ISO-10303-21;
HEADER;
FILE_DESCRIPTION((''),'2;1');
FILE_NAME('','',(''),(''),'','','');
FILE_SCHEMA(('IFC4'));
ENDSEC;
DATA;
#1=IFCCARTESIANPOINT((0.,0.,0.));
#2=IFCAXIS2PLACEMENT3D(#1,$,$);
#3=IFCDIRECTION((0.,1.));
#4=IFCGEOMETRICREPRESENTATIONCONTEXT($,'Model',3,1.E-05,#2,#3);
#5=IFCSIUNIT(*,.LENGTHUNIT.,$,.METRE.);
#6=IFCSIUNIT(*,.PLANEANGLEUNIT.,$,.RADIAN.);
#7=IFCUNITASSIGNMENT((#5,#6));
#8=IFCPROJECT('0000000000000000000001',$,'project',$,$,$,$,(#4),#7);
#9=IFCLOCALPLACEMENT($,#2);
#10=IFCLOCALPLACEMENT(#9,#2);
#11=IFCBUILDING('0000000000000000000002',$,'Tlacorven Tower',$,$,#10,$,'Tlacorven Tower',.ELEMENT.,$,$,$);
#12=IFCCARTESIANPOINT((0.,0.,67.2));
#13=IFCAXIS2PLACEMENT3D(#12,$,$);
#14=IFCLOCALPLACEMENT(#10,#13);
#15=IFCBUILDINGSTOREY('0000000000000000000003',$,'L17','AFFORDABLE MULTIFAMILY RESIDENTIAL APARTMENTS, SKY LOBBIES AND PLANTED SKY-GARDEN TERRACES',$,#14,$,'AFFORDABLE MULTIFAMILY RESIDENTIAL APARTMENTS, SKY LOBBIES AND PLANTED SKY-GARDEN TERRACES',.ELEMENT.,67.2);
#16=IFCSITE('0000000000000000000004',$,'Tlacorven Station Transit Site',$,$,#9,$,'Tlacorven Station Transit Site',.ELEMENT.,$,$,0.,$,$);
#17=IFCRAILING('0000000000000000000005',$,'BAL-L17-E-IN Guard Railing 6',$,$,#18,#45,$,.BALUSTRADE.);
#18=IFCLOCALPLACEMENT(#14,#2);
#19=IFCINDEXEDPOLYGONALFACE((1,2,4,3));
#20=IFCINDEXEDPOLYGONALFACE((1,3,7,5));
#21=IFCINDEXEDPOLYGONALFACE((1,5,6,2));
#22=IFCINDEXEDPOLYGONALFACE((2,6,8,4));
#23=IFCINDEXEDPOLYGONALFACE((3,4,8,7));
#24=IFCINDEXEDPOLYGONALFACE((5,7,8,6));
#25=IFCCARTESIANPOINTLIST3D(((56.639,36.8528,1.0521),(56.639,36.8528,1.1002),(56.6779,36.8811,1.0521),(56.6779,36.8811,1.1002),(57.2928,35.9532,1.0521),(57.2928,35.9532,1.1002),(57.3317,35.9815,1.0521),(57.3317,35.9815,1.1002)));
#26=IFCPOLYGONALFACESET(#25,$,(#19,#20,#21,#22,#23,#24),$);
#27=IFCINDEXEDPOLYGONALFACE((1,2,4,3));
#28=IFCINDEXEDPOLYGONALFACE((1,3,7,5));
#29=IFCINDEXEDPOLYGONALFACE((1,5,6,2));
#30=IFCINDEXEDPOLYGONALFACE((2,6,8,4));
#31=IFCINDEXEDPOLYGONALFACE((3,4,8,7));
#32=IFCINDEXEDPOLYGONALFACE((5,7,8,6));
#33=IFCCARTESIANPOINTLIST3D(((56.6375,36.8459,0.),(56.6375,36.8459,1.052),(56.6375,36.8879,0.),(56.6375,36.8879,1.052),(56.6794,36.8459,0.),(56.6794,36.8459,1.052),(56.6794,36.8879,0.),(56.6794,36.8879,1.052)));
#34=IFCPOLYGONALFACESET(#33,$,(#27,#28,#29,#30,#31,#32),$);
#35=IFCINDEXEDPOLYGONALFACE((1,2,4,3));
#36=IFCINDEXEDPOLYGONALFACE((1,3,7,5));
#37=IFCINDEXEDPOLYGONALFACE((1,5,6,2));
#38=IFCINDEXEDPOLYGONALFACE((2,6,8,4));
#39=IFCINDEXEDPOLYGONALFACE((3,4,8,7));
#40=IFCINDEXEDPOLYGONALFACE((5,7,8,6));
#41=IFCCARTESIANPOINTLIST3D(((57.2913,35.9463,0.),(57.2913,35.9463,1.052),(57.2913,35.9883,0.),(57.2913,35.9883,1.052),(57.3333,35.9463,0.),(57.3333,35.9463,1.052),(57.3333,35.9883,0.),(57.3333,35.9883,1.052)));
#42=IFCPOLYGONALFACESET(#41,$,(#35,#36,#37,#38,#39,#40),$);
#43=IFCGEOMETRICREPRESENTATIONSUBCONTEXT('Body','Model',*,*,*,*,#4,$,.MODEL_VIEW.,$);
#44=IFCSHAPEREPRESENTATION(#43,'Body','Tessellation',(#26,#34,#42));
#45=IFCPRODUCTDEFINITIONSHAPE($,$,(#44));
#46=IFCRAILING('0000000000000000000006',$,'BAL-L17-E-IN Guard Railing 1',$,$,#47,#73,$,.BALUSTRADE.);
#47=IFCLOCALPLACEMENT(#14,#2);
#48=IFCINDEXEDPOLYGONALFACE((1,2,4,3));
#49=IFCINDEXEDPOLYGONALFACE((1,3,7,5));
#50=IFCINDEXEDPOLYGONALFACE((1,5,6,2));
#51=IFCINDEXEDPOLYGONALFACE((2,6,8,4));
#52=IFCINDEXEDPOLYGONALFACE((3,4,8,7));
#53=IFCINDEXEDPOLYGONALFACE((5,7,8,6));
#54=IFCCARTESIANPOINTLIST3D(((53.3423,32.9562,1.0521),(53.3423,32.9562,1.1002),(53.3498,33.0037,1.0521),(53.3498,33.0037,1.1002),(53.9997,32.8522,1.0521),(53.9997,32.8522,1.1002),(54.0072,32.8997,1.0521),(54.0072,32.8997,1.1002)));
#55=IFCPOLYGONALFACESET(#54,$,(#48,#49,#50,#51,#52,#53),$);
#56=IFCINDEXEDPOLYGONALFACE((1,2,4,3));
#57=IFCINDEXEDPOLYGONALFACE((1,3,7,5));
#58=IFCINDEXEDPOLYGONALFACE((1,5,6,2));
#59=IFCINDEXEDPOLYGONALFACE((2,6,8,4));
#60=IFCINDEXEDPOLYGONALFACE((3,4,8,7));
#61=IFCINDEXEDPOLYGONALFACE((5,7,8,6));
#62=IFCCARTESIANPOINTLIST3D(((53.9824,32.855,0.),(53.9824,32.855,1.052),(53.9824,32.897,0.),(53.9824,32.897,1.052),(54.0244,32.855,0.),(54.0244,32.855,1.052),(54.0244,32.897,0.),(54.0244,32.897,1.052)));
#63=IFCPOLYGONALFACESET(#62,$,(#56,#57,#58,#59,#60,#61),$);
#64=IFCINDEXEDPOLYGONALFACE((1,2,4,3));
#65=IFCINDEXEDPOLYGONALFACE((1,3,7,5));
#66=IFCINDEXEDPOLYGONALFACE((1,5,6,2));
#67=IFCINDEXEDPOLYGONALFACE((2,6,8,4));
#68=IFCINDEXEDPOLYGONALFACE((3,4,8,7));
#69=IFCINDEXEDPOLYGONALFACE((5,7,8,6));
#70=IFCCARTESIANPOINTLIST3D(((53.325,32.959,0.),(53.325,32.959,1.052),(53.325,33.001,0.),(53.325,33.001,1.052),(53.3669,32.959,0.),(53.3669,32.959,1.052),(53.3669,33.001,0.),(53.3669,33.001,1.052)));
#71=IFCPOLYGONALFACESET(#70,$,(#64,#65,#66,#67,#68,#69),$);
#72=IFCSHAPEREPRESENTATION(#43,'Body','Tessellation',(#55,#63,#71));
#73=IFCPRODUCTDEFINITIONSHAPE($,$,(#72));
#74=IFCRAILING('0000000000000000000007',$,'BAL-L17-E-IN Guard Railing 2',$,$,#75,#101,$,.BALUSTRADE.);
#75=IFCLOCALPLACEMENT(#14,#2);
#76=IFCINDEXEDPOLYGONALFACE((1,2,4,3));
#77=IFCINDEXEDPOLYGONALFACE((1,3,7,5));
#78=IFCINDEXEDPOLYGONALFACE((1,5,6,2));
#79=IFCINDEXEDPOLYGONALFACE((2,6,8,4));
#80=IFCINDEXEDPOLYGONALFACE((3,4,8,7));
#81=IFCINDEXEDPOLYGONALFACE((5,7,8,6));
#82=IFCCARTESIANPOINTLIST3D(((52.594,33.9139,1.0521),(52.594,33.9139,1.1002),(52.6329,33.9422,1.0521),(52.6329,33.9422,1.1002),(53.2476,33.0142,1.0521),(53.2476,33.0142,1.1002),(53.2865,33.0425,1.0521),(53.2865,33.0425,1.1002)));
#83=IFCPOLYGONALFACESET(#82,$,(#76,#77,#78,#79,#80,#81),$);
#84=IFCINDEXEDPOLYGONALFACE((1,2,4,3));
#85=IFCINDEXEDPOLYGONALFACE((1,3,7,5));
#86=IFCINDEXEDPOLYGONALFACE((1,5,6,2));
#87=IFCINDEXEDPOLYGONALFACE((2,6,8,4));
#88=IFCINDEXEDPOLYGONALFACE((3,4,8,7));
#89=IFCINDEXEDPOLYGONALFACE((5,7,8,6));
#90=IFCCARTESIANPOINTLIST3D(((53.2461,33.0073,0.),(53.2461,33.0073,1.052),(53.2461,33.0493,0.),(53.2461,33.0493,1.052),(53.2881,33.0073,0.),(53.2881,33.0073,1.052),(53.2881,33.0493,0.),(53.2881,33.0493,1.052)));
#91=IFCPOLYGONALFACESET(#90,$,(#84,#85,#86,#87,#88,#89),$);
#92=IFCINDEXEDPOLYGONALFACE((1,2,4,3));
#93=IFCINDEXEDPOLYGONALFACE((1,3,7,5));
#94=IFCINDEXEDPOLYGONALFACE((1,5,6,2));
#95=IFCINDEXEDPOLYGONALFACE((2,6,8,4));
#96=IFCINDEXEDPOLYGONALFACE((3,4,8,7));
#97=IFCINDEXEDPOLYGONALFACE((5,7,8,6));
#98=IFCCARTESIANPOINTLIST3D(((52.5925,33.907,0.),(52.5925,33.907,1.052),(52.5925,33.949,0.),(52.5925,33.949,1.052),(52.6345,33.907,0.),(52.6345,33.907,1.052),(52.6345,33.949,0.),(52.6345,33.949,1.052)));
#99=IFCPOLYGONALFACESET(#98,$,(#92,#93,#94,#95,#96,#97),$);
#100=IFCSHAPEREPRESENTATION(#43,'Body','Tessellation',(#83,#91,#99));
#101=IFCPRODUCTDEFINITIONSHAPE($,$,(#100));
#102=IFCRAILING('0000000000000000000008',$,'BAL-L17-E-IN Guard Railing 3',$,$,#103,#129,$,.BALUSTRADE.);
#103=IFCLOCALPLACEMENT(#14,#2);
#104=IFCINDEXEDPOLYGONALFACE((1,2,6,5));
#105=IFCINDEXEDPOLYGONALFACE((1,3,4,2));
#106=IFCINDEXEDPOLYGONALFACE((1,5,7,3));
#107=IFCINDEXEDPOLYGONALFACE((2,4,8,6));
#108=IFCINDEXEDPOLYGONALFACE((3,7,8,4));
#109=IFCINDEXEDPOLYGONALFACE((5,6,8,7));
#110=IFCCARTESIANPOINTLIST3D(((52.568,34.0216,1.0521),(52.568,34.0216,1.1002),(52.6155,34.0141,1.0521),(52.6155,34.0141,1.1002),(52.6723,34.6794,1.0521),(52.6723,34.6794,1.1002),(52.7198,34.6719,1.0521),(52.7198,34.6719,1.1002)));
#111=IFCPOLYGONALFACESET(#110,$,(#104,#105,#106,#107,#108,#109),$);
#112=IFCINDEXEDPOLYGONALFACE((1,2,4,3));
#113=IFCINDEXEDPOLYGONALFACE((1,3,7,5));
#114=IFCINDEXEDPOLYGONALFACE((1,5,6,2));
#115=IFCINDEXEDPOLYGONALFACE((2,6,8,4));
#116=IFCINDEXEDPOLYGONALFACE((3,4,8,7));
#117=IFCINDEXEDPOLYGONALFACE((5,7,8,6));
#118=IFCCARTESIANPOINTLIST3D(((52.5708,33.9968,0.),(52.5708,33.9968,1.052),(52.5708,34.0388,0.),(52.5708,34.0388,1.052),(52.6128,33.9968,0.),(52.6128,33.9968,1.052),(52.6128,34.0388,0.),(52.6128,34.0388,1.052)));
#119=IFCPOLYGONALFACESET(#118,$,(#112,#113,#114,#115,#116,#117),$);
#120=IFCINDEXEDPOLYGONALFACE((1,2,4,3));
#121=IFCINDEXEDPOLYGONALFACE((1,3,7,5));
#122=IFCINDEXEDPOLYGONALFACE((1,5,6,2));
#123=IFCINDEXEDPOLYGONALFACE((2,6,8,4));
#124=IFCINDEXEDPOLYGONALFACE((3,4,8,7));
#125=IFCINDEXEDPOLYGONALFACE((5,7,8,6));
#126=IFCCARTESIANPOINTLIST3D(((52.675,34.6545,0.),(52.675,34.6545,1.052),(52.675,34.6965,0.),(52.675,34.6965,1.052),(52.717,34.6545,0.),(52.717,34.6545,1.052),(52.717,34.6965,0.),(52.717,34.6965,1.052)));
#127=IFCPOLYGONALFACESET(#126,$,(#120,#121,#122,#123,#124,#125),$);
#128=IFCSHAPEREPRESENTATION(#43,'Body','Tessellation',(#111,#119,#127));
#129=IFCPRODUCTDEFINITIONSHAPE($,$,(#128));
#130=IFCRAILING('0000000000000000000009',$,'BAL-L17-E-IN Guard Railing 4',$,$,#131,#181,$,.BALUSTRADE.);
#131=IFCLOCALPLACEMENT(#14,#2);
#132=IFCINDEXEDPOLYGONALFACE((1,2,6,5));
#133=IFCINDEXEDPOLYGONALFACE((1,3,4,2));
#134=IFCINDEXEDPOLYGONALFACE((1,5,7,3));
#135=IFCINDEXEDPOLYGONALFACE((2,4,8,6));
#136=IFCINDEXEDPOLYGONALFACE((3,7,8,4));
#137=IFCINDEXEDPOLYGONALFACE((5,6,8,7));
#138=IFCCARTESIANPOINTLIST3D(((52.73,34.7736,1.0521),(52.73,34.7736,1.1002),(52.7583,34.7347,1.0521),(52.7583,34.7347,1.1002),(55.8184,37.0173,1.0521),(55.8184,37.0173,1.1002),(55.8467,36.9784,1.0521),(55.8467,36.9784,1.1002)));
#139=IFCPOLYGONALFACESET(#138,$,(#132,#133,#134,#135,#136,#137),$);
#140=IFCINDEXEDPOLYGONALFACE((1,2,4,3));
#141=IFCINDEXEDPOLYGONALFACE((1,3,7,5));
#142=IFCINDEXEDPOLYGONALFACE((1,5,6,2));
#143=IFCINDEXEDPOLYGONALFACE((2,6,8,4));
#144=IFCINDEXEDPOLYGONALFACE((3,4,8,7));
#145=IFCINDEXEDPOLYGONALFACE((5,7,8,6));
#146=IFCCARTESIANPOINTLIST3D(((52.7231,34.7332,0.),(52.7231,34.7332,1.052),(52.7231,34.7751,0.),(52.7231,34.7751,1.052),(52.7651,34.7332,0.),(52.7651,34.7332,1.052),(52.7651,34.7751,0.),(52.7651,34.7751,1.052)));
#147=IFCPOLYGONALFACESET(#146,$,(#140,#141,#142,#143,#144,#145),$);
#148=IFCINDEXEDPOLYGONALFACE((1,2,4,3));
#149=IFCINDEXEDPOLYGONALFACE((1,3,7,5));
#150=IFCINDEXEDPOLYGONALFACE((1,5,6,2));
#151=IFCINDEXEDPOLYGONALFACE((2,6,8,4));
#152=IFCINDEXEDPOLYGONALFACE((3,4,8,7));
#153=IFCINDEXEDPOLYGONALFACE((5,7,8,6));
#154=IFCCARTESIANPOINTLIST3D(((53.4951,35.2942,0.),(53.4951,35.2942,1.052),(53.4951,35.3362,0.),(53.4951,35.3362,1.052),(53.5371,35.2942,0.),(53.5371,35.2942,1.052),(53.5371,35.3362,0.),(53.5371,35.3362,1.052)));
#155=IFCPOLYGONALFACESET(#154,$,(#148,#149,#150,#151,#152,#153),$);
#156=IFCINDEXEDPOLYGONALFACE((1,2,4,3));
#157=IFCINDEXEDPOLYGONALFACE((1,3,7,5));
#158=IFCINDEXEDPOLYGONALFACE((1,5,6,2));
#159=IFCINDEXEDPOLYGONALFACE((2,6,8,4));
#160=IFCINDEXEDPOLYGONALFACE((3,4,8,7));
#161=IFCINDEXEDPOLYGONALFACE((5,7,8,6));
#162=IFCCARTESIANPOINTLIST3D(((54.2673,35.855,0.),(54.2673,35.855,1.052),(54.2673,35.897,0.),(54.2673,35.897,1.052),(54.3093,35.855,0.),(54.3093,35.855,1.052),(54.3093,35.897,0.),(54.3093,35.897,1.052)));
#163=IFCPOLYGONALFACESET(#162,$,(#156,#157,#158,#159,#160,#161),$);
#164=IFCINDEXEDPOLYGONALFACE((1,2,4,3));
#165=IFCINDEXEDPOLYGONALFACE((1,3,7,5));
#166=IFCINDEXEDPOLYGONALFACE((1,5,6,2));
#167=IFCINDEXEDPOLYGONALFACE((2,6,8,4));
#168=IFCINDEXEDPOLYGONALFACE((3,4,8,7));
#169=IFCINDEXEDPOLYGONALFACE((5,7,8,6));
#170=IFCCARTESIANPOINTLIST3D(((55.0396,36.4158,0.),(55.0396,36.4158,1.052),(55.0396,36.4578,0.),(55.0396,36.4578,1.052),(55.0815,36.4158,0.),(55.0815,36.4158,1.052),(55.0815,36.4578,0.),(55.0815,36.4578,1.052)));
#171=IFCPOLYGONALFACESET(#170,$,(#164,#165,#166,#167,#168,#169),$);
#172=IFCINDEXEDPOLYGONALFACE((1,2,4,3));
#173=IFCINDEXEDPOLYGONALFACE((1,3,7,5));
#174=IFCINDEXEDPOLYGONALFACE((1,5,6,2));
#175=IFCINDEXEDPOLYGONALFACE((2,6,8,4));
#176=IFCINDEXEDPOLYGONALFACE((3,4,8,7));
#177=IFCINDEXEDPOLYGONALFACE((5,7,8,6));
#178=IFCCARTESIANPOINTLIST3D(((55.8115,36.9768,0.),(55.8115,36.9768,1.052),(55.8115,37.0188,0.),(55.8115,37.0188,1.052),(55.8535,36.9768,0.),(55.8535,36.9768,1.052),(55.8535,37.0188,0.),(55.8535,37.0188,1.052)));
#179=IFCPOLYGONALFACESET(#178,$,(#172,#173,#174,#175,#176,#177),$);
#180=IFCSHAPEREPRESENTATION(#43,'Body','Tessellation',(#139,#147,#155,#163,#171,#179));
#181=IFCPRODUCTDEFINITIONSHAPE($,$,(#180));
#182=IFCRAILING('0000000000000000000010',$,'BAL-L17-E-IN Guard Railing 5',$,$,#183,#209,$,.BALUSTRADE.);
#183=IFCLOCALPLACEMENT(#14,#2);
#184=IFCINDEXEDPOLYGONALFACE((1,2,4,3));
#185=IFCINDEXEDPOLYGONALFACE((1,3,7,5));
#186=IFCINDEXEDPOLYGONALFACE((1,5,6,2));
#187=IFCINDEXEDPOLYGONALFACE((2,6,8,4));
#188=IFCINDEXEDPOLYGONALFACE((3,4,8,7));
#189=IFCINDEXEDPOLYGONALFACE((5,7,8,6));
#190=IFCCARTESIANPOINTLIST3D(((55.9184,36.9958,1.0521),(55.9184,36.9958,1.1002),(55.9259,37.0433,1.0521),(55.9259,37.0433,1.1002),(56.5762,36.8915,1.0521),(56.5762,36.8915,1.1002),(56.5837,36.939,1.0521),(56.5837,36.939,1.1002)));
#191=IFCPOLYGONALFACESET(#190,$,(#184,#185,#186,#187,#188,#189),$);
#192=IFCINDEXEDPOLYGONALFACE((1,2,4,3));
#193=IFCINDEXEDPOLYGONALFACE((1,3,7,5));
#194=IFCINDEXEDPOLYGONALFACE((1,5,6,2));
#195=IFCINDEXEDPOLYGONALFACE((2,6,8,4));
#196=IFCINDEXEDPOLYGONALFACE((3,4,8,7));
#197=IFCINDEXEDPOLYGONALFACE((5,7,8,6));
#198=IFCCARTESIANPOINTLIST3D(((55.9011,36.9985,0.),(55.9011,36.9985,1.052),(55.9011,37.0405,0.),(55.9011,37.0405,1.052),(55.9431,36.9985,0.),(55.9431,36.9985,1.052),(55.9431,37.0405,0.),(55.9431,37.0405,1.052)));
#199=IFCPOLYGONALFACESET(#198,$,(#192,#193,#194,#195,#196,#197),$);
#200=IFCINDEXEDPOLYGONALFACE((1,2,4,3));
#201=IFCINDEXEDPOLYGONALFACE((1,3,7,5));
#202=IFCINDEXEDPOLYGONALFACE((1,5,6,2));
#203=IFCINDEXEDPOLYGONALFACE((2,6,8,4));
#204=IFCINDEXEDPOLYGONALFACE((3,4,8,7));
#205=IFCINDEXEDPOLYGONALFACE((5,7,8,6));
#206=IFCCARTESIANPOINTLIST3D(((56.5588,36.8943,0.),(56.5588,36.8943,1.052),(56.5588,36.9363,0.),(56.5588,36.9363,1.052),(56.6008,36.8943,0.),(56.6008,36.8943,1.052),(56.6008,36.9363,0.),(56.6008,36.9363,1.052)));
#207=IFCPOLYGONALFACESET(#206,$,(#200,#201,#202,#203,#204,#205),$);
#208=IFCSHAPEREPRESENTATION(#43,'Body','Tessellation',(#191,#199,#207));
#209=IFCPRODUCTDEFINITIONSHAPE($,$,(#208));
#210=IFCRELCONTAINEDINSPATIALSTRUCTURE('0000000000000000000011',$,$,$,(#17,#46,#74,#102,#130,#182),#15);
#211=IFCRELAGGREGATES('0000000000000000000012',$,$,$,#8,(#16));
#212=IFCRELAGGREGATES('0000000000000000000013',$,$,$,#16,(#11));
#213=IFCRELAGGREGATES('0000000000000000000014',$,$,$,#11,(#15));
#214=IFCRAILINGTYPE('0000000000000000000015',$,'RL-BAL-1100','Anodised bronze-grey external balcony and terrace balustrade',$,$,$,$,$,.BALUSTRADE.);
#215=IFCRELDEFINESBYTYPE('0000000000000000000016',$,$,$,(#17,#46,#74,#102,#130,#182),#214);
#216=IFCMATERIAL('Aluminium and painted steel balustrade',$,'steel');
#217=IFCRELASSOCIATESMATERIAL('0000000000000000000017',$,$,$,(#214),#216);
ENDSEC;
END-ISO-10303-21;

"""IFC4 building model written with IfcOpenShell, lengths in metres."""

from ifc_helpers import new_model, si_unit, direction, frame, origin, origin_2d, place, context, subcontext, project, spatial, rectangle, extrude, source, transform, mapped, material, type_object, element, save


model = new_model("IFC4")

# Units and contexts
model_context = context("Model", 3, precision=1e-05, world=origin(), true_north=direction((0.0, 1.0)))
body_context = subcontext(model_context, "Body", "Model", "MODEL_VIEW")
ifc_project = project(units=[si_unit("LENGTHUNIT", "METRE"), si_unit("PLANEANGLEUNIT", "RADIAN")], contexts=[model_context])

# Site, building, storey
site_placement = place(None, origin())
site = spatial("IfcSite", under=ifc_project, at=site_placement, Name="Tlacorven Station Transit Site", LongName="Tlacorven Station Transit Site", CompositionType="ELEMENT", RefElevation=0.0)
building_placement = place(site_placement, origin())
building = spatial("IfcBuilding", under=site, at=building_placement, Name="Tlacorven Tower", LongName="Tlacorven Tower", CompositionType="ELEMENT")
storey_placement = place(building_placement, frame((0.0, 0.0, 67.2)))
storey = spatial("IfcBuildingStorey", under=building, at=storey_placement, Name="L17", Description="AFFORDABLE MULTIFAMILY RESIDENTIAL APARTMENTS, SKY LOBBIES AND PLANTED SKY-GARDEN TERRACES", LongName="AFFORDABLE MULTIFAMILY RESIDENTIAL APARTMENTS, SKY LOBBIES AND PLANTED SKY-GARDEN TERRACES", CompositionType="ELEMENT", Elevation=67.2)

# Railings
ifc_material_1 = material(Name="Aluminium and painted steel balustrade", Category="steel")
railing_type_1 = type_object("IfcRailingType", Name="RL-BAL-1100", Description="Anodised bronze-grey external balcony and terrace balustrade", PredefinedType="BALUSTRADE", material=ifc_material_1)
shared_shape_1 = source(origin(), body_context, "Body", "SweptSolid", [
    extrude(rectangle(XDim=0.0481, YDim=0.0481, at=origin_2d()), frame((0.0, 0.0, 1.0762), z_axis=(0.587884, -0.808945, 0.0), x_axis=(0.808945, 0.587884, 0.0)), (0.0, 0.0, 1.0), 1.1121),
    extrude(rectangle(XDim=0.042, YDim=0.042, at=origin_2d()), origin(), (0.0, 0.0, 1.0), 1.052),
    extrude(rectangle(XDim=0.042, YDim=0.042, at=origin_2d()), frame((0.6538, -0.8997, 0.0)), (0.0, 0.0, 1.0), 1.052),
])
railing_1_placement = place(storey_placement, frame((56.6584, 36.8669, 0.0)))
element("IfcRailing", 1, at=railing_1_placement, inside=storey, type_object=railing_type_1, Name="BAL-L17-E-IN Guard Railing 6", PredefinedType="BALUSTRADE", context=body_context, shape_type="MappedRepresentation", body=[
    mapped(shared_shape_1, transform((0.0, 0.0, 0.0), scale=1.0)),
])
shared_shape_2 = source(origin(), body_context, "Body", "SweptSolid", [
    extrude(rectangle(XDim=0.0481, YDim=0.0481, at=origin_2d()), frame((0.0, 0.0, 1.0762), z_axis=(-0.987718, 0.156245, 0.0), x_axis=(-0.156245, -0.987718, 0.0)), (0.0, 0.0, 1.0), 0.6655),
    extrude(rectangle(XDim=0.042, YDim=0.042, at=origin_2d()), origin(), (0.0, 0.0, 1.0), 1.052),
    extrude(rectangle(XDim=0.042, YDim=0.042, at=origin_2d()), frame((-0.6575, 0.104, 0.0)), (0.0, 0.0, 1.0), 1.052),
])
railing_2_placement = place(storey_placement, frame((54.0034, 32.876, 0.0)))
element("IfcRailing", 2, at=railing_2_placement, inside=storey, type_object=railing_type_1, Name="BAL-L17-E-IN Guard Railing 1", PredefinedType="BALUSTRADE", context=body_context, shape_type="MappedRepresentation", body=[
    mapped(shared_shape_2, transform((0.0, 0.0, 0.0), scale=1.0)),
])
shared_shape_3 = source(origin(), body_context, "Body", "SweptSolid", [
    extrude(rectangle(XDim=0.0481, YDim=0.0481, at=origin_2d()), frame((0.0, 0.0, 1.0762), z_axis=(-0.587741, 0.809049, 0.0), x_axis=(-0.809049, -0.587741, 0.0)), (0.0, 0.0, 1.0), 1.1121),
    extrude(rectangle(XDim=0.042, YDim=0.042, at=origin_2d()), origin(), (0.0, 0.0, 1.0), 1.052),
    extrude(rectangle(XDim=0.042, YDim=0.042, at=origin_2d()), frame((-0.6536, 0.8997, 0.0)), (0.0, 0.0, 1.0), 1.052),
])
railing_3_placement = place(storey_placement, frame((53.2671, 33.0283, 0.0)))
element("IfcRailing", 3, at=railing_3_placement, inside=storey, type_object=railing_type_1, Name="BAL-L17-E-IN Guard Railing 2", PredefinedType="BALUSTRADE", context=body_context, shape_type="MappedRepresentation", body=[
    mapped(shared_shape_3, transform((0.0, 0.0, 0.0), scale=1.0)),
])
shared_shape_4 = source(origin(), body_context, "Body", "SweptSolid", [
    extrude(rectangle(XDim=0.0481, YDim=0.0481, at=origin_2d()), frame((0.0, 0.0, 1.0762), z_axis=(0.156546, 0.987671, 0.0), x_axis=(-0.987671, 0.156546, 0.0)), (0.0, 0.0, 1.0), 0.666),
    extrude(rectangle(XDim=0.042, YDim=0.042, at=origin_2d()), origin(), (0.0, 0.0, 1.0), 1.052),
    extrude(rectangle(XDim=0.042, YDim=0.042, at=origin_2d()), frame((0.1042, 0.6577, 0.0)), (0.0, 0.0, 1.0), 1.052),
])
railing_4_placement = place(storey_placement, frame((52.5918, 34.0178, 0.0)))
element("IfcRailing", 4, at=railing_4_placement, inside=storey, type_object=railing_type_1, Name="BAL-L17-E-IN Guard Railing 3", PredefinedType="BALUSTRADE", context=body_context, shape_type="MappedRepresentation", body=[
    mapped(shared_shape_4, transform((0.0, 0.0, 0.0), scale=1.0)),
])
shared_shape_5 = source(origin(), body_context, "Body", "SweptSolid", [
    extrude(rectangle(XDim=0.0481, YDim=0.0481, at=origin_2d()), frame((0.0, 0.0, 1.0762), z_axis=(0.80904, 0.587753, 0.0), x_axis=(-0.587753, 0.80904, 0.0)), (0.0, 0.0, 1.0), 3.8174),
    extrude(rectangle(XDim=0.042, YDim=0.042, at=origin_2d()), origin(), (0.0, 0.0, 1.0), 1.052),
    extrude(rectangle(XDim=0.042, YDim=0.042, at=origin_2d()), frame((0.772, 0.561, 0.0)), (0.0, 0.0, 1.0), 1.052),
    extrude(rectangle(XDim=0.042, YDim=0.042, at=origin_2d()), frame((1.5442, 1.1218, 0.0)), (0.0, 0.0, 1.0), 1.052),
    extrude(rectangle(XDim=0.042, YDim=0.042, at=origin_2d()), frame((2.3164, 1.6826, 0.0)), (0.0, 0.0, 1.0), 1.052),
    extrude(rectangle(XDim=0.042, YDim=0.042, at=origin_2d()), frame((3.0884, 2.2437, 0.0)), (0.0, 0.0, 1.0), 1.052),
])
railing_5_placement = place(storey_placement, frame((52.7441, 34.7542, 0.0)))
element("IfcRailing", 5, at=railing_5_placement, inside=storey, type_object=railing_type_1, Name="BAL-L17-E-IN Guard Railing 4", PredefinedType="BALUSTRADE", context=body_context, shape_type="MappedRepresentation", body=[
    mapped(shared_shape_5, transform((0.0, 0.0, 0.0), scale=1.0)),
])
shared_shape_6 = source(origin(), body_context, "Body", "SweptSolid", [
    extrude(rectangle(XDim=0.0481, YDim=0.0481, at=origin_2d()), frame((0.0, 0.0, 1.0762), z_axis=(0.987671, -0.156546, 0.0), x_axis=(0.156546, 0.987671, 0.0)), (0.0, 0.0, 1.0), 0.666),
    extrude(rectangle(XDim=0.042, YDim=0.042, at=origin_2d()), origin(), (0.0, 0.0, 1.0), 1.052),
    extrude(rectangle(XDim=0.042, YDim=0.042, at=origin_2d()), frame((0.6577, -0.1042, 0.0)), (0.0, 0.0, 1.0), 1.052),
])
railing_6_placement = place(storey_placement, frame((55.9221, 37.0195, 0.0)))
element("IfcRailing", 6, at=railing_6_placement, inside=storey, type_object=railing_type_1, Name="BAL-L17-E-IN Guard Railing 5", PredefinedType="BALUSTRADE", context=body_context, shape_type="MappedRepresentation", body=[
    mapped(shared_shape_6, transform((0.0, 0.0, 0.0), scale=1.0)),
])

save(model, "model.ifc")
